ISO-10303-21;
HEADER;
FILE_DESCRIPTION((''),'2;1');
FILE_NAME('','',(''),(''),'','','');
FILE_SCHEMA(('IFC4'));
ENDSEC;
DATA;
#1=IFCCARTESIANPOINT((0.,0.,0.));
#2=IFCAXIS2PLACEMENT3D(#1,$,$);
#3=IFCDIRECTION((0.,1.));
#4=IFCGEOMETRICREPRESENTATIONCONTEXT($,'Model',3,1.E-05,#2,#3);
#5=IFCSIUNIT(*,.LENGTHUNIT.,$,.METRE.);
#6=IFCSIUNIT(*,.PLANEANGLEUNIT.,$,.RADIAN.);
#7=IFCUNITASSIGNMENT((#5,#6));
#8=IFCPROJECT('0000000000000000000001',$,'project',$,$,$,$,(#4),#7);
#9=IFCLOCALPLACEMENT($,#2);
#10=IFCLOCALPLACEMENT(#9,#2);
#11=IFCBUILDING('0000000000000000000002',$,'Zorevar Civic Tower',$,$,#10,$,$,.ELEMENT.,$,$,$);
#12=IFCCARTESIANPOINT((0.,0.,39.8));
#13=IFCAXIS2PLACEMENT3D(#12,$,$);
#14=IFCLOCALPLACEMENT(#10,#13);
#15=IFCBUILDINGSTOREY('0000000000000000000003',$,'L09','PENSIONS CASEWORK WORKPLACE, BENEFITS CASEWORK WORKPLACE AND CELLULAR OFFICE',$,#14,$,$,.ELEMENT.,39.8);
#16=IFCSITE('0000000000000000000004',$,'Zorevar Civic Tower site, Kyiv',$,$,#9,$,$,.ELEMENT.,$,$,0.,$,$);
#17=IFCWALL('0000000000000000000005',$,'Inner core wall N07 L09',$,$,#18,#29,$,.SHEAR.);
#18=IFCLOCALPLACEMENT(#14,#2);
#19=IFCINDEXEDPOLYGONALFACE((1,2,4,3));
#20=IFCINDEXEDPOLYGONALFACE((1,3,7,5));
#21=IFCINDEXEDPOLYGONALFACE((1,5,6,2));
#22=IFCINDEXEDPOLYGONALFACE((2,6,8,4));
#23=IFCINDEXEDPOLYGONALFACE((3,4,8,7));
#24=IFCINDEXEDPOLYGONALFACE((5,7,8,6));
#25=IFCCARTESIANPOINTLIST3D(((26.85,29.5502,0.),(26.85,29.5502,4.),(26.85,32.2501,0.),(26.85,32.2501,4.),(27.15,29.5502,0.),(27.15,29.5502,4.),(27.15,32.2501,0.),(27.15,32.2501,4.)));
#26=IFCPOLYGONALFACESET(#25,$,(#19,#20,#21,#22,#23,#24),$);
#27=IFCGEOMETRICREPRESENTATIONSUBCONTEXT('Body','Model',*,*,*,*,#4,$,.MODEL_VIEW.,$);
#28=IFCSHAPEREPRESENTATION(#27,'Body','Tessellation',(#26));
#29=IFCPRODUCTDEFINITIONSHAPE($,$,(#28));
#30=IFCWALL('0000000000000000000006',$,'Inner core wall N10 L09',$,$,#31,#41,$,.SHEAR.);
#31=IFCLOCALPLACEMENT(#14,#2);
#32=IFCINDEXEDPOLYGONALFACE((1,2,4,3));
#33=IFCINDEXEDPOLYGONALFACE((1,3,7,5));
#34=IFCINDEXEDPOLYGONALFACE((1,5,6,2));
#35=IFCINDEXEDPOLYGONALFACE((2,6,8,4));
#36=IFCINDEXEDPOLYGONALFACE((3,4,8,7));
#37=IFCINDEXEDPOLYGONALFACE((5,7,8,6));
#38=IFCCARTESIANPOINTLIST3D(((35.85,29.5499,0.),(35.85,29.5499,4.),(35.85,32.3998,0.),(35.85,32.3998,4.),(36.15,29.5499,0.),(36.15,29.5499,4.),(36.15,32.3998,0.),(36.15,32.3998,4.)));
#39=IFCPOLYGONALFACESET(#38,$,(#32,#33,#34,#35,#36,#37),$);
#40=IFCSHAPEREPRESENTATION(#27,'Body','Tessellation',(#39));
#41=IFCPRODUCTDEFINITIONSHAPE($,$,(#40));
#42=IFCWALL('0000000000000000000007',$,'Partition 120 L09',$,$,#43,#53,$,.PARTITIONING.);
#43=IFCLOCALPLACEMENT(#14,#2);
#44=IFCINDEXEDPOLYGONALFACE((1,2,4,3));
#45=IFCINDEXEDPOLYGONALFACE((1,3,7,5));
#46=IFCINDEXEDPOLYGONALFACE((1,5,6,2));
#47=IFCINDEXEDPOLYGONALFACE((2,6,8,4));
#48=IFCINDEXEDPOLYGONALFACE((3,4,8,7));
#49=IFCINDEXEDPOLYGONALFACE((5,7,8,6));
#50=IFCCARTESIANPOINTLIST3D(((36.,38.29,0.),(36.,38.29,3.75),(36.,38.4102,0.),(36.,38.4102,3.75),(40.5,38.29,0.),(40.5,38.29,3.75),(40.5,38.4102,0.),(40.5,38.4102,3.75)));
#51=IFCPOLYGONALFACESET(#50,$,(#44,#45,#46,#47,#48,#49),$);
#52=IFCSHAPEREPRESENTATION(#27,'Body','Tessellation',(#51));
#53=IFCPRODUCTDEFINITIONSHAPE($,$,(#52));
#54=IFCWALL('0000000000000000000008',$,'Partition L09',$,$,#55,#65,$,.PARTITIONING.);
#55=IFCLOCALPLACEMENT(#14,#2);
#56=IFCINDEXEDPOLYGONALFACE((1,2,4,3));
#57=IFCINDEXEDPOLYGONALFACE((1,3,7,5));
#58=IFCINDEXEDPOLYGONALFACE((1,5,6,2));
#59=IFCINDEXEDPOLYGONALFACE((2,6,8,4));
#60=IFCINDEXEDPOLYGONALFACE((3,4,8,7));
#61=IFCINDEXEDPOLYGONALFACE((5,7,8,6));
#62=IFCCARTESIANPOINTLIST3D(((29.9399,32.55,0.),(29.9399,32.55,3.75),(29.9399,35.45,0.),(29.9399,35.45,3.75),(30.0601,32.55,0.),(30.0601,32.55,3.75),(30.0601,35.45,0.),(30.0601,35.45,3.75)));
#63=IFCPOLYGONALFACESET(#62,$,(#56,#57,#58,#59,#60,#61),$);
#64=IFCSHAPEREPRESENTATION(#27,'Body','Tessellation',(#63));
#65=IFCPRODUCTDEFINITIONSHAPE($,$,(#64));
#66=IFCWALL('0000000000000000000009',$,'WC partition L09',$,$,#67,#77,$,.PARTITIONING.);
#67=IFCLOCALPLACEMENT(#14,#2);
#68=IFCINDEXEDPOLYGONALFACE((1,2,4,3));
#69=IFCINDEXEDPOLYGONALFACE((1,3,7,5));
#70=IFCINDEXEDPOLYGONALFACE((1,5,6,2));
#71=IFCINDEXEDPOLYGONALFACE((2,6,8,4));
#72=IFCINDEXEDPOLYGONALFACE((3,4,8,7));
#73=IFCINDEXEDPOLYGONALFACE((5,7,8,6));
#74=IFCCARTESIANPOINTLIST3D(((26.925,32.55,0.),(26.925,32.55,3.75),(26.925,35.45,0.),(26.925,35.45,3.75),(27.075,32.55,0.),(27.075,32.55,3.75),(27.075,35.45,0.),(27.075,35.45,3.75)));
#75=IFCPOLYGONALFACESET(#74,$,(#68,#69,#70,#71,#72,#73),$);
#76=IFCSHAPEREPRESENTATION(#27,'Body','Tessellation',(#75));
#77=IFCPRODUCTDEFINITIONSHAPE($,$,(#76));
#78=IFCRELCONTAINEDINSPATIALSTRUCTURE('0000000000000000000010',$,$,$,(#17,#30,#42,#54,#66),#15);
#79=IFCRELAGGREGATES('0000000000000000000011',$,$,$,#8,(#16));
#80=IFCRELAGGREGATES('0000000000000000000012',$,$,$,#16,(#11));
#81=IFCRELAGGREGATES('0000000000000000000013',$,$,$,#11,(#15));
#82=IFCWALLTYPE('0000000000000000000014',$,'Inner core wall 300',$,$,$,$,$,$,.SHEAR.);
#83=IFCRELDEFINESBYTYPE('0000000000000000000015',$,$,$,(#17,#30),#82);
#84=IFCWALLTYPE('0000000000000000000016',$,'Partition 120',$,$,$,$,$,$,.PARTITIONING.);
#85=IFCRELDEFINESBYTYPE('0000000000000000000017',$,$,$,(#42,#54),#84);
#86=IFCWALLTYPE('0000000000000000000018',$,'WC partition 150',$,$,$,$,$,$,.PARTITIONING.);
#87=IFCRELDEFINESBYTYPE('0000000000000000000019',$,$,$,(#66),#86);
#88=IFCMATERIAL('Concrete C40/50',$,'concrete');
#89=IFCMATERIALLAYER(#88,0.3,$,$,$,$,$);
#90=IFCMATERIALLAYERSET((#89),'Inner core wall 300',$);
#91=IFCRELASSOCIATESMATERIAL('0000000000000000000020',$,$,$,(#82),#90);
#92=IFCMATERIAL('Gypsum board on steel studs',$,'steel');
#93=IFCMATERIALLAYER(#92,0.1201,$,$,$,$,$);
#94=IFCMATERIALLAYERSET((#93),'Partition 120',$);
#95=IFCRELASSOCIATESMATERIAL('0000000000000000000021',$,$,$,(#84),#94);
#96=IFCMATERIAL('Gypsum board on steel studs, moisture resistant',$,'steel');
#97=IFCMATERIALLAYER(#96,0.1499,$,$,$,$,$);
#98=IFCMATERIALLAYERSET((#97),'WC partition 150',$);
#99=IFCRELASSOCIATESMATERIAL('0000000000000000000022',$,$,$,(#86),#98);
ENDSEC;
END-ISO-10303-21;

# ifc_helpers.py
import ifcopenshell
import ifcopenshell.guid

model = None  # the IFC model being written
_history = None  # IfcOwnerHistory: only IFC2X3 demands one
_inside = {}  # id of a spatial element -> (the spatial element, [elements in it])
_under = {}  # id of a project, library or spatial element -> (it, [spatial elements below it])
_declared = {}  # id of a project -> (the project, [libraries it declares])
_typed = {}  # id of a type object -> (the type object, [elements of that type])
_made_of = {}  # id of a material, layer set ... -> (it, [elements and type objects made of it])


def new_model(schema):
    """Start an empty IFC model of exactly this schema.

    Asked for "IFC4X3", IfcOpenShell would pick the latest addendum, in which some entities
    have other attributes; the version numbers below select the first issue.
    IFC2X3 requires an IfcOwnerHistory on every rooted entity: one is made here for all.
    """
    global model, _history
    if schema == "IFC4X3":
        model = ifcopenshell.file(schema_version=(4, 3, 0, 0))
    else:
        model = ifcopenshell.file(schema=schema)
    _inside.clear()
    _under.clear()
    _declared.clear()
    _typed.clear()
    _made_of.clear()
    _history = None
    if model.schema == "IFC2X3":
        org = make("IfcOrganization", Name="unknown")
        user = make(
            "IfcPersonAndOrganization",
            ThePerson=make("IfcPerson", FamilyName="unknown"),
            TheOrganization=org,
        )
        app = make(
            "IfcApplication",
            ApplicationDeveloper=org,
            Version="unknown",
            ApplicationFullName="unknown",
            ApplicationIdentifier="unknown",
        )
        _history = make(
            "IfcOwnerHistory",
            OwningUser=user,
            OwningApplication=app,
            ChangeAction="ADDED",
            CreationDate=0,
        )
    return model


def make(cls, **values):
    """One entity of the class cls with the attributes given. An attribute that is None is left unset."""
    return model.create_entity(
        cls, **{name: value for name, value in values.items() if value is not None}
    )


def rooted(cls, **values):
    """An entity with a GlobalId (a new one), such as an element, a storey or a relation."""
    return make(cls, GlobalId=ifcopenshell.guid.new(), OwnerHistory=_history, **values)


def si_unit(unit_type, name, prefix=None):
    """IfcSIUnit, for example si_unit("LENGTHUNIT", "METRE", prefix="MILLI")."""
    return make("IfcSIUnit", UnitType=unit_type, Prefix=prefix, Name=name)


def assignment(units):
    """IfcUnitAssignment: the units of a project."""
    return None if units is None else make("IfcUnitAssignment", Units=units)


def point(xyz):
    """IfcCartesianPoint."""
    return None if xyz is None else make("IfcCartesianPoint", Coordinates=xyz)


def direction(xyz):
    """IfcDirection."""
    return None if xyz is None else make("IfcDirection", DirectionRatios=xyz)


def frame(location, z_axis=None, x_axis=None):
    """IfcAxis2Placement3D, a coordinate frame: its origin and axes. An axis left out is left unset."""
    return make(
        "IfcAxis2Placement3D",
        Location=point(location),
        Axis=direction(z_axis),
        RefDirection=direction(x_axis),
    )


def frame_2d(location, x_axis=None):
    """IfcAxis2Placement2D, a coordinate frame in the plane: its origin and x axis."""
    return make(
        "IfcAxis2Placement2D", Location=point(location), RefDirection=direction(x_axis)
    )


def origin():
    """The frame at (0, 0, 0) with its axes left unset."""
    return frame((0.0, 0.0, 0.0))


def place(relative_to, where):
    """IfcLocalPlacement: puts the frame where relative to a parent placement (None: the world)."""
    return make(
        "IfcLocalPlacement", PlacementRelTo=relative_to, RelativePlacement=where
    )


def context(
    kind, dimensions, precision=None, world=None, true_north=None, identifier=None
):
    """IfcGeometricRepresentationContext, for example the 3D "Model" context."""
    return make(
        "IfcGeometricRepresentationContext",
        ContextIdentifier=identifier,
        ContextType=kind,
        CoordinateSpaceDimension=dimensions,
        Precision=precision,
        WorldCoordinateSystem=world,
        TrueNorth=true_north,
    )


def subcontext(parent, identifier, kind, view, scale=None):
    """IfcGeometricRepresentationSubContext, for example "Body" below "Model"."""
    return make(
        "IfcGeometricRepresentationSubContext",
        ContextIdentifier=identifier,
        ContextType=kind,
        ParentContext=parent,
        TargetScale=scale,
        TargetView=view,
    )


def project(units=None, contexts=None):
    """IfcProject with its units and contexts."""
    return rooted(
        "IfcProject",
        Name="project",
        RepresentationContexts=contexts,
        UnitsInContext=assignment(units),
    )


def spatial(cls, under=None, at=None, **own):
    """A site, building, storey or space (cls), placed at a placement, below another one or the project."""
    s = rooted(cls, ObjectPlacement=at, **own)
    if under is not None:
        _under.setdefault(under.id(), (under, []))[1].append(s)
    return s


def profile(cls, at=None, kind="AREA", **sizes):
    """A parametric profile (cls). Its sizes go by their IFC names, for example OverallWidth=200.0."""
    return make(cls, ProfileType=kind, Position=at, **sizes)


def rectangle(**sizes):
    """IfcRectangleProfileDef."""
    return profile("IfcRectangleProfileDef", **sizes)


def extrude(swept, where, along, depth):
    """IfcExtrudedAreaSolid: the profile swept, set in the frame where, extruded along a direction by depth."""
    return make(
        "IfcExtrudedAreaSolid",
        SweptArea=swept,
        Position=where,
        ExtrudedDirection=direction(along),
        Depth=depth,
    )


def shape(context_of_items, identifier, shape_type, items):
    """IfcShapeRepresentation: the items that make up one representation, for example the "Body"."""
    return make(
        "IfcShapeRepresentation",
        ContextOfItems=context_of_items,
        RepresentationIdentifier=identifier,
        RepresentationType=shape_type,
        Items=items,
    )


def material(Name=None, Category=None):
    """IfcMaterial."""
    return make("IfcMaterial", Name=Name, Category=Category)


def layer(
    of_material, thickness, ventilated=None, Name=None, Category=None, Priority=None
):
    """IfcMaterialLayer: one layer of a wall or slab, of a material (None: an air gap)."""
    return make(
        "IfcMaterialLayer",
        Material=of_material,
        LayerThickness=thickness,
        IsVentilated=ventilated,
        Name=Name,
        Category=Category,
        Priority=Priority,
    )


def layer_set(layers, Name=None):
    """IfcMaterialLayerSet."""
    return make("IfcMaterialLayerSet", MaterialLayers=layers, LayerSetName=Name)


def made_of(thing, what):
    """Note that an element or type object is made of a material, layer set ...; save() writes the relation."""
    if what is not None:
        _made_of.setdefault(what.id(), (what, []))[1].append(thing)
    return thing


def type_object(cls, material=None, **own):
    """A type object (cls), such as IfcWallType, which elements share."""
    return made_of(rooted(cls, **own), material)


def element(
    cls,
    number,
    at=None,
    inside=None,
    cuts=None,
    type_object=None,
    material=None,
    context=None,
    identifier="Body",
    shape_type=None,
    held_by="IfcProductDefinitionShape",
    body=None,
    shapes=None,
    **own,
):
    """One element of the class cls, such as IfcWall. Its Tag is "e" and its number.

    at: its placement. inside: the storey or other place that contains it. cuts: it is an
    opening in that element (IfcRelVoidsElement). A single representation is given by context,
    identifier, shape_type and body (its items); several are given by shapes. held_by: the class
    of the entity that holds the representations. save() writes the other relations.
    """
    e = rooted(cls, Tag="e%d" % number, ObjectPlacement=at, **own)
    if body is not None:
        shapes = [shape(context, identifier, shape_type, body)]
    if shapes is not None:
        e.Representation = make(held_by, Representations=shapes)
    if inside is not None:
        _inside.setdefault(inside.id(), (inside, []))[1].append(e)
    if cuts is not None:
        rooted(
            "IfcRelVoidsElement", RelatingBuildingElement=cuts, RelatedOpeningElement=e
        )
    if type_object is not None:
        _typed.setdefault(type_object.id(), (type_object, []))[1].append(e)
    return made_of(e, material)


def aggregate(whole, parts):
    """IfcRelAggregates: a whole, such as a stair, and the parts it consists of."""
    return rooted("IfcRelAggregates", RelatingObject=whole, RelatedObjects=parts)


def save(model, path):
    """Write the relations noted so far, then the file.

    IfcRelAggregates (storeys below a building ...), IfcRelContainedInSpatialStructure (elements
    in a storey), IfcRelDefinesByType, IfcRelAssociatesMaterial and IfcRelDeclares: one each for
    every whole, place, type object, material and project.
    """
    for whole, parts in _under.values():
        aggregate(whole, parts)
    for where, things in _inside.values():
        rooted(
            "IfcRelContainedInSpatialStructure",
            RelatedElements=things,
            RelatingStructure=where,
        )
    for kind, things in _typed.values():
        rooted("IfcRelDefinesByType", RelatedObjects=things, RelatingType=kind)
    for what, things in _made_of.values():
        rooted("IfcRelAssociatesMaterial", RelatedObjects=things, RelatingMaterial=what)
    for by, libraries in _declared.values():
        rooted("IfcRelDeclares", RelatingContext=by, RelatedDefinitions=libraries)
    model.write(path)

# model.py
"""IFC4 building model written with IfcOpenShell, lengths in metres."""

from ifc_helpers import new_model, si_unit, direction, frame, frame_2d, origin, place, context, subcontext, project, spatial, rectangle, extrude, material, layer, layer_set, type_object, element, save


model = new_model("IFC4")

# Units and contexts
model_context = context("Model", 3, precision=1e-05, world=origin(), true_north=direction((0.0, 1.0)))
body_context = subcontext(model_context, "Body", "Model", "MODEL_VIEW")
ifc_project = project(units=[si_unit("LENGTHUNIT", "METRE"), si_unit("PLANEANGLEUNIT", "RADIAN")], contexts=[model_context])

# Site, building, storey
site_placement = place(None, origin())
site = spatial("IfcSite", under=ifc_project, at=site_placement, Name="Zorevar Civic Tower site, Kyiv", CompositionType="ELEMENT", RefElevation=0.0)
building_placement = place(site_placement, origin())
building = spatial("IfcBuilding", under=site, at=building_placement, Name="Zorevar Civic Tower", CompositionType="ELEMENT")
storey_placement = place(building_placement, frame((0.0, 0.0, 39.8)))
storey = spatial("IfcBuildingStorey", under=building, at=storey_placement, Name="L09", Description="PENSIONS CASEWORK WORKPLACE, BENEFITS CASEWORK WORKPLACE AND CELLULAR OFFICE", CompositionType="ELEMENT", Elevation=39.8)

# Walls
ifc_material_1 = material(Name="Concrete C40/50", Category="concrete")
ifc_layer_1 = layer(ifc_material_1, 0.3)
ifc_layer_set_1 = layer_set([ifc_layer_1], Name="Inner core wall 300")
wall_type_1 = type_object("IfcWallType", Name="Inner core wall 300", PredefinedType="SHEAR", material=ifc_layer_set_1)
for number, where, z_axis, x_axis, name in (
    (1, (27.0, 29.55, 0.0), (0.0, 0.0, 1.0), (0.0, 1.0, 0.0), "Inner core wall N07 L09"),
):
    element("IfcWall", number, at=place(storey_placement, frame(where, z_axis=z_axis, x_axis=x_axis)), inside=storey, type_object=wall_type_1, Name=name, PredefinedType="SHEAR", context=body_context, shape_type="SweptSolid", body=[
        extrude(rectangle(XDim=2.7, YDim=0.3, at=frame_2d((1.3501, 0.0))), origin(), (0.0, 0.0, 1.0), 4.0),
    ])
wall_1_placement = place(storey_placement, frame((36.0, 29.55, 0.0), z_axis=(0.0, 0.0, 1.0), x_axis=(0.0, 1.0, 0.0)))
element("IfcWall", 2, at=wall_1_placement, inside=storey, type_object=wall_type_1, Name="Inner core wall N10 L09", PredefinedType="SHEAR", context=body_context, shape_type="SweptSolid", body=[
    extrude(rectangle(XDim=2.8499, YDim=0.3, at=frame_2d((1.4248, 0.0))), origin(), (0.0, 0.0, 1.0), 4.0),
])
ifc_material_2 = material(Name="Gypsum board on steel studs", Category="steel")
ifc_layer_2 = layer(ifc_material_2, 0.1201)
ifc_layer_set_2 = layer_set([ifc_layer_2], Name="Partition 120")
wall_type_2 = type_object("IfcWallType", Name="Partition 120", PredefinedType="PARTITIONING", material=ifc_layer_set_2)
wall_2_placement = place(storey_placement, frame((36.0, 38.3501, 0.0), z_axis=(0.0, 0.0, 1.0), x_axis=(1.0, 0.0, 0.0)))
element("IfcWall", 3, at=wall_2_placement, inside=storey, type_object=wall_type_2, Name="Partition 120 L09", PredefinedType="PARTITIONING", context=body_context, shape_type="SweptSolid", body=[
    extrude(rectangle(XDim=4.5, YDim=0.1201, at=frame_2d((2.25, 0.0))), origin(), (0.0, 0.0, 1.0), 3.75),
])
wall_3_placement = place(storey_placement, frame((30.0, 32.55, 0.0), z_axis=(0.0, 0.0, 1.0), x_axis=(0.0, 1.0, 0.0)))
element("IfcWall", 4, at=wall_3_placement, inside=storey, type_object=wall_type_2, Name="Partition L09", PredefinedType="PARTITIONING", context=body_context, shape_type="SweptSolid", body=[
    extrude(rectangle(XDim=2.8999, YDim=0.1201, at=frame_2d((1.45, 0.0))), origin(), (0.0, 0.0, 1.0), 3.75),
])
ifc_material_3 = material(Name="Gypsum board on steel studs, moisture resistant", Category="steel")
ifc_layer_3 = layer(ifc_material_3, 0.1499)
ifc_layer_set_3 = layer_set([ifc_layer_3], Name="WC partition 150")
wall_type_3 = type_object("IfcWallType", Name="WC partition 150", PredefinedType="PARTITIONING", material=ifc_layer_set_3)
wall_4_placement = place(storey_placement, frame((27.0, 32.55, 0.0), z_axis=(0.0, 0.0, 1.0), x_axis=(0.0, 1.0, 0.0)))
element("IfcWall", 5, at=wall_4_placement, inside=storey, type_object=wall_type_3, Name="WC partition L09", PredefinedType="PARTITIONING", context=body_context, shape_type="SweptSolid", body=[
    extrude(rectangle(XDim=2.8999, YDim=0.1499, at=frame_2d((1.45, 0.0))), origin(), (0.0, 0.0, 1.0), 3.75),
])

save(model, "model.ifc")
